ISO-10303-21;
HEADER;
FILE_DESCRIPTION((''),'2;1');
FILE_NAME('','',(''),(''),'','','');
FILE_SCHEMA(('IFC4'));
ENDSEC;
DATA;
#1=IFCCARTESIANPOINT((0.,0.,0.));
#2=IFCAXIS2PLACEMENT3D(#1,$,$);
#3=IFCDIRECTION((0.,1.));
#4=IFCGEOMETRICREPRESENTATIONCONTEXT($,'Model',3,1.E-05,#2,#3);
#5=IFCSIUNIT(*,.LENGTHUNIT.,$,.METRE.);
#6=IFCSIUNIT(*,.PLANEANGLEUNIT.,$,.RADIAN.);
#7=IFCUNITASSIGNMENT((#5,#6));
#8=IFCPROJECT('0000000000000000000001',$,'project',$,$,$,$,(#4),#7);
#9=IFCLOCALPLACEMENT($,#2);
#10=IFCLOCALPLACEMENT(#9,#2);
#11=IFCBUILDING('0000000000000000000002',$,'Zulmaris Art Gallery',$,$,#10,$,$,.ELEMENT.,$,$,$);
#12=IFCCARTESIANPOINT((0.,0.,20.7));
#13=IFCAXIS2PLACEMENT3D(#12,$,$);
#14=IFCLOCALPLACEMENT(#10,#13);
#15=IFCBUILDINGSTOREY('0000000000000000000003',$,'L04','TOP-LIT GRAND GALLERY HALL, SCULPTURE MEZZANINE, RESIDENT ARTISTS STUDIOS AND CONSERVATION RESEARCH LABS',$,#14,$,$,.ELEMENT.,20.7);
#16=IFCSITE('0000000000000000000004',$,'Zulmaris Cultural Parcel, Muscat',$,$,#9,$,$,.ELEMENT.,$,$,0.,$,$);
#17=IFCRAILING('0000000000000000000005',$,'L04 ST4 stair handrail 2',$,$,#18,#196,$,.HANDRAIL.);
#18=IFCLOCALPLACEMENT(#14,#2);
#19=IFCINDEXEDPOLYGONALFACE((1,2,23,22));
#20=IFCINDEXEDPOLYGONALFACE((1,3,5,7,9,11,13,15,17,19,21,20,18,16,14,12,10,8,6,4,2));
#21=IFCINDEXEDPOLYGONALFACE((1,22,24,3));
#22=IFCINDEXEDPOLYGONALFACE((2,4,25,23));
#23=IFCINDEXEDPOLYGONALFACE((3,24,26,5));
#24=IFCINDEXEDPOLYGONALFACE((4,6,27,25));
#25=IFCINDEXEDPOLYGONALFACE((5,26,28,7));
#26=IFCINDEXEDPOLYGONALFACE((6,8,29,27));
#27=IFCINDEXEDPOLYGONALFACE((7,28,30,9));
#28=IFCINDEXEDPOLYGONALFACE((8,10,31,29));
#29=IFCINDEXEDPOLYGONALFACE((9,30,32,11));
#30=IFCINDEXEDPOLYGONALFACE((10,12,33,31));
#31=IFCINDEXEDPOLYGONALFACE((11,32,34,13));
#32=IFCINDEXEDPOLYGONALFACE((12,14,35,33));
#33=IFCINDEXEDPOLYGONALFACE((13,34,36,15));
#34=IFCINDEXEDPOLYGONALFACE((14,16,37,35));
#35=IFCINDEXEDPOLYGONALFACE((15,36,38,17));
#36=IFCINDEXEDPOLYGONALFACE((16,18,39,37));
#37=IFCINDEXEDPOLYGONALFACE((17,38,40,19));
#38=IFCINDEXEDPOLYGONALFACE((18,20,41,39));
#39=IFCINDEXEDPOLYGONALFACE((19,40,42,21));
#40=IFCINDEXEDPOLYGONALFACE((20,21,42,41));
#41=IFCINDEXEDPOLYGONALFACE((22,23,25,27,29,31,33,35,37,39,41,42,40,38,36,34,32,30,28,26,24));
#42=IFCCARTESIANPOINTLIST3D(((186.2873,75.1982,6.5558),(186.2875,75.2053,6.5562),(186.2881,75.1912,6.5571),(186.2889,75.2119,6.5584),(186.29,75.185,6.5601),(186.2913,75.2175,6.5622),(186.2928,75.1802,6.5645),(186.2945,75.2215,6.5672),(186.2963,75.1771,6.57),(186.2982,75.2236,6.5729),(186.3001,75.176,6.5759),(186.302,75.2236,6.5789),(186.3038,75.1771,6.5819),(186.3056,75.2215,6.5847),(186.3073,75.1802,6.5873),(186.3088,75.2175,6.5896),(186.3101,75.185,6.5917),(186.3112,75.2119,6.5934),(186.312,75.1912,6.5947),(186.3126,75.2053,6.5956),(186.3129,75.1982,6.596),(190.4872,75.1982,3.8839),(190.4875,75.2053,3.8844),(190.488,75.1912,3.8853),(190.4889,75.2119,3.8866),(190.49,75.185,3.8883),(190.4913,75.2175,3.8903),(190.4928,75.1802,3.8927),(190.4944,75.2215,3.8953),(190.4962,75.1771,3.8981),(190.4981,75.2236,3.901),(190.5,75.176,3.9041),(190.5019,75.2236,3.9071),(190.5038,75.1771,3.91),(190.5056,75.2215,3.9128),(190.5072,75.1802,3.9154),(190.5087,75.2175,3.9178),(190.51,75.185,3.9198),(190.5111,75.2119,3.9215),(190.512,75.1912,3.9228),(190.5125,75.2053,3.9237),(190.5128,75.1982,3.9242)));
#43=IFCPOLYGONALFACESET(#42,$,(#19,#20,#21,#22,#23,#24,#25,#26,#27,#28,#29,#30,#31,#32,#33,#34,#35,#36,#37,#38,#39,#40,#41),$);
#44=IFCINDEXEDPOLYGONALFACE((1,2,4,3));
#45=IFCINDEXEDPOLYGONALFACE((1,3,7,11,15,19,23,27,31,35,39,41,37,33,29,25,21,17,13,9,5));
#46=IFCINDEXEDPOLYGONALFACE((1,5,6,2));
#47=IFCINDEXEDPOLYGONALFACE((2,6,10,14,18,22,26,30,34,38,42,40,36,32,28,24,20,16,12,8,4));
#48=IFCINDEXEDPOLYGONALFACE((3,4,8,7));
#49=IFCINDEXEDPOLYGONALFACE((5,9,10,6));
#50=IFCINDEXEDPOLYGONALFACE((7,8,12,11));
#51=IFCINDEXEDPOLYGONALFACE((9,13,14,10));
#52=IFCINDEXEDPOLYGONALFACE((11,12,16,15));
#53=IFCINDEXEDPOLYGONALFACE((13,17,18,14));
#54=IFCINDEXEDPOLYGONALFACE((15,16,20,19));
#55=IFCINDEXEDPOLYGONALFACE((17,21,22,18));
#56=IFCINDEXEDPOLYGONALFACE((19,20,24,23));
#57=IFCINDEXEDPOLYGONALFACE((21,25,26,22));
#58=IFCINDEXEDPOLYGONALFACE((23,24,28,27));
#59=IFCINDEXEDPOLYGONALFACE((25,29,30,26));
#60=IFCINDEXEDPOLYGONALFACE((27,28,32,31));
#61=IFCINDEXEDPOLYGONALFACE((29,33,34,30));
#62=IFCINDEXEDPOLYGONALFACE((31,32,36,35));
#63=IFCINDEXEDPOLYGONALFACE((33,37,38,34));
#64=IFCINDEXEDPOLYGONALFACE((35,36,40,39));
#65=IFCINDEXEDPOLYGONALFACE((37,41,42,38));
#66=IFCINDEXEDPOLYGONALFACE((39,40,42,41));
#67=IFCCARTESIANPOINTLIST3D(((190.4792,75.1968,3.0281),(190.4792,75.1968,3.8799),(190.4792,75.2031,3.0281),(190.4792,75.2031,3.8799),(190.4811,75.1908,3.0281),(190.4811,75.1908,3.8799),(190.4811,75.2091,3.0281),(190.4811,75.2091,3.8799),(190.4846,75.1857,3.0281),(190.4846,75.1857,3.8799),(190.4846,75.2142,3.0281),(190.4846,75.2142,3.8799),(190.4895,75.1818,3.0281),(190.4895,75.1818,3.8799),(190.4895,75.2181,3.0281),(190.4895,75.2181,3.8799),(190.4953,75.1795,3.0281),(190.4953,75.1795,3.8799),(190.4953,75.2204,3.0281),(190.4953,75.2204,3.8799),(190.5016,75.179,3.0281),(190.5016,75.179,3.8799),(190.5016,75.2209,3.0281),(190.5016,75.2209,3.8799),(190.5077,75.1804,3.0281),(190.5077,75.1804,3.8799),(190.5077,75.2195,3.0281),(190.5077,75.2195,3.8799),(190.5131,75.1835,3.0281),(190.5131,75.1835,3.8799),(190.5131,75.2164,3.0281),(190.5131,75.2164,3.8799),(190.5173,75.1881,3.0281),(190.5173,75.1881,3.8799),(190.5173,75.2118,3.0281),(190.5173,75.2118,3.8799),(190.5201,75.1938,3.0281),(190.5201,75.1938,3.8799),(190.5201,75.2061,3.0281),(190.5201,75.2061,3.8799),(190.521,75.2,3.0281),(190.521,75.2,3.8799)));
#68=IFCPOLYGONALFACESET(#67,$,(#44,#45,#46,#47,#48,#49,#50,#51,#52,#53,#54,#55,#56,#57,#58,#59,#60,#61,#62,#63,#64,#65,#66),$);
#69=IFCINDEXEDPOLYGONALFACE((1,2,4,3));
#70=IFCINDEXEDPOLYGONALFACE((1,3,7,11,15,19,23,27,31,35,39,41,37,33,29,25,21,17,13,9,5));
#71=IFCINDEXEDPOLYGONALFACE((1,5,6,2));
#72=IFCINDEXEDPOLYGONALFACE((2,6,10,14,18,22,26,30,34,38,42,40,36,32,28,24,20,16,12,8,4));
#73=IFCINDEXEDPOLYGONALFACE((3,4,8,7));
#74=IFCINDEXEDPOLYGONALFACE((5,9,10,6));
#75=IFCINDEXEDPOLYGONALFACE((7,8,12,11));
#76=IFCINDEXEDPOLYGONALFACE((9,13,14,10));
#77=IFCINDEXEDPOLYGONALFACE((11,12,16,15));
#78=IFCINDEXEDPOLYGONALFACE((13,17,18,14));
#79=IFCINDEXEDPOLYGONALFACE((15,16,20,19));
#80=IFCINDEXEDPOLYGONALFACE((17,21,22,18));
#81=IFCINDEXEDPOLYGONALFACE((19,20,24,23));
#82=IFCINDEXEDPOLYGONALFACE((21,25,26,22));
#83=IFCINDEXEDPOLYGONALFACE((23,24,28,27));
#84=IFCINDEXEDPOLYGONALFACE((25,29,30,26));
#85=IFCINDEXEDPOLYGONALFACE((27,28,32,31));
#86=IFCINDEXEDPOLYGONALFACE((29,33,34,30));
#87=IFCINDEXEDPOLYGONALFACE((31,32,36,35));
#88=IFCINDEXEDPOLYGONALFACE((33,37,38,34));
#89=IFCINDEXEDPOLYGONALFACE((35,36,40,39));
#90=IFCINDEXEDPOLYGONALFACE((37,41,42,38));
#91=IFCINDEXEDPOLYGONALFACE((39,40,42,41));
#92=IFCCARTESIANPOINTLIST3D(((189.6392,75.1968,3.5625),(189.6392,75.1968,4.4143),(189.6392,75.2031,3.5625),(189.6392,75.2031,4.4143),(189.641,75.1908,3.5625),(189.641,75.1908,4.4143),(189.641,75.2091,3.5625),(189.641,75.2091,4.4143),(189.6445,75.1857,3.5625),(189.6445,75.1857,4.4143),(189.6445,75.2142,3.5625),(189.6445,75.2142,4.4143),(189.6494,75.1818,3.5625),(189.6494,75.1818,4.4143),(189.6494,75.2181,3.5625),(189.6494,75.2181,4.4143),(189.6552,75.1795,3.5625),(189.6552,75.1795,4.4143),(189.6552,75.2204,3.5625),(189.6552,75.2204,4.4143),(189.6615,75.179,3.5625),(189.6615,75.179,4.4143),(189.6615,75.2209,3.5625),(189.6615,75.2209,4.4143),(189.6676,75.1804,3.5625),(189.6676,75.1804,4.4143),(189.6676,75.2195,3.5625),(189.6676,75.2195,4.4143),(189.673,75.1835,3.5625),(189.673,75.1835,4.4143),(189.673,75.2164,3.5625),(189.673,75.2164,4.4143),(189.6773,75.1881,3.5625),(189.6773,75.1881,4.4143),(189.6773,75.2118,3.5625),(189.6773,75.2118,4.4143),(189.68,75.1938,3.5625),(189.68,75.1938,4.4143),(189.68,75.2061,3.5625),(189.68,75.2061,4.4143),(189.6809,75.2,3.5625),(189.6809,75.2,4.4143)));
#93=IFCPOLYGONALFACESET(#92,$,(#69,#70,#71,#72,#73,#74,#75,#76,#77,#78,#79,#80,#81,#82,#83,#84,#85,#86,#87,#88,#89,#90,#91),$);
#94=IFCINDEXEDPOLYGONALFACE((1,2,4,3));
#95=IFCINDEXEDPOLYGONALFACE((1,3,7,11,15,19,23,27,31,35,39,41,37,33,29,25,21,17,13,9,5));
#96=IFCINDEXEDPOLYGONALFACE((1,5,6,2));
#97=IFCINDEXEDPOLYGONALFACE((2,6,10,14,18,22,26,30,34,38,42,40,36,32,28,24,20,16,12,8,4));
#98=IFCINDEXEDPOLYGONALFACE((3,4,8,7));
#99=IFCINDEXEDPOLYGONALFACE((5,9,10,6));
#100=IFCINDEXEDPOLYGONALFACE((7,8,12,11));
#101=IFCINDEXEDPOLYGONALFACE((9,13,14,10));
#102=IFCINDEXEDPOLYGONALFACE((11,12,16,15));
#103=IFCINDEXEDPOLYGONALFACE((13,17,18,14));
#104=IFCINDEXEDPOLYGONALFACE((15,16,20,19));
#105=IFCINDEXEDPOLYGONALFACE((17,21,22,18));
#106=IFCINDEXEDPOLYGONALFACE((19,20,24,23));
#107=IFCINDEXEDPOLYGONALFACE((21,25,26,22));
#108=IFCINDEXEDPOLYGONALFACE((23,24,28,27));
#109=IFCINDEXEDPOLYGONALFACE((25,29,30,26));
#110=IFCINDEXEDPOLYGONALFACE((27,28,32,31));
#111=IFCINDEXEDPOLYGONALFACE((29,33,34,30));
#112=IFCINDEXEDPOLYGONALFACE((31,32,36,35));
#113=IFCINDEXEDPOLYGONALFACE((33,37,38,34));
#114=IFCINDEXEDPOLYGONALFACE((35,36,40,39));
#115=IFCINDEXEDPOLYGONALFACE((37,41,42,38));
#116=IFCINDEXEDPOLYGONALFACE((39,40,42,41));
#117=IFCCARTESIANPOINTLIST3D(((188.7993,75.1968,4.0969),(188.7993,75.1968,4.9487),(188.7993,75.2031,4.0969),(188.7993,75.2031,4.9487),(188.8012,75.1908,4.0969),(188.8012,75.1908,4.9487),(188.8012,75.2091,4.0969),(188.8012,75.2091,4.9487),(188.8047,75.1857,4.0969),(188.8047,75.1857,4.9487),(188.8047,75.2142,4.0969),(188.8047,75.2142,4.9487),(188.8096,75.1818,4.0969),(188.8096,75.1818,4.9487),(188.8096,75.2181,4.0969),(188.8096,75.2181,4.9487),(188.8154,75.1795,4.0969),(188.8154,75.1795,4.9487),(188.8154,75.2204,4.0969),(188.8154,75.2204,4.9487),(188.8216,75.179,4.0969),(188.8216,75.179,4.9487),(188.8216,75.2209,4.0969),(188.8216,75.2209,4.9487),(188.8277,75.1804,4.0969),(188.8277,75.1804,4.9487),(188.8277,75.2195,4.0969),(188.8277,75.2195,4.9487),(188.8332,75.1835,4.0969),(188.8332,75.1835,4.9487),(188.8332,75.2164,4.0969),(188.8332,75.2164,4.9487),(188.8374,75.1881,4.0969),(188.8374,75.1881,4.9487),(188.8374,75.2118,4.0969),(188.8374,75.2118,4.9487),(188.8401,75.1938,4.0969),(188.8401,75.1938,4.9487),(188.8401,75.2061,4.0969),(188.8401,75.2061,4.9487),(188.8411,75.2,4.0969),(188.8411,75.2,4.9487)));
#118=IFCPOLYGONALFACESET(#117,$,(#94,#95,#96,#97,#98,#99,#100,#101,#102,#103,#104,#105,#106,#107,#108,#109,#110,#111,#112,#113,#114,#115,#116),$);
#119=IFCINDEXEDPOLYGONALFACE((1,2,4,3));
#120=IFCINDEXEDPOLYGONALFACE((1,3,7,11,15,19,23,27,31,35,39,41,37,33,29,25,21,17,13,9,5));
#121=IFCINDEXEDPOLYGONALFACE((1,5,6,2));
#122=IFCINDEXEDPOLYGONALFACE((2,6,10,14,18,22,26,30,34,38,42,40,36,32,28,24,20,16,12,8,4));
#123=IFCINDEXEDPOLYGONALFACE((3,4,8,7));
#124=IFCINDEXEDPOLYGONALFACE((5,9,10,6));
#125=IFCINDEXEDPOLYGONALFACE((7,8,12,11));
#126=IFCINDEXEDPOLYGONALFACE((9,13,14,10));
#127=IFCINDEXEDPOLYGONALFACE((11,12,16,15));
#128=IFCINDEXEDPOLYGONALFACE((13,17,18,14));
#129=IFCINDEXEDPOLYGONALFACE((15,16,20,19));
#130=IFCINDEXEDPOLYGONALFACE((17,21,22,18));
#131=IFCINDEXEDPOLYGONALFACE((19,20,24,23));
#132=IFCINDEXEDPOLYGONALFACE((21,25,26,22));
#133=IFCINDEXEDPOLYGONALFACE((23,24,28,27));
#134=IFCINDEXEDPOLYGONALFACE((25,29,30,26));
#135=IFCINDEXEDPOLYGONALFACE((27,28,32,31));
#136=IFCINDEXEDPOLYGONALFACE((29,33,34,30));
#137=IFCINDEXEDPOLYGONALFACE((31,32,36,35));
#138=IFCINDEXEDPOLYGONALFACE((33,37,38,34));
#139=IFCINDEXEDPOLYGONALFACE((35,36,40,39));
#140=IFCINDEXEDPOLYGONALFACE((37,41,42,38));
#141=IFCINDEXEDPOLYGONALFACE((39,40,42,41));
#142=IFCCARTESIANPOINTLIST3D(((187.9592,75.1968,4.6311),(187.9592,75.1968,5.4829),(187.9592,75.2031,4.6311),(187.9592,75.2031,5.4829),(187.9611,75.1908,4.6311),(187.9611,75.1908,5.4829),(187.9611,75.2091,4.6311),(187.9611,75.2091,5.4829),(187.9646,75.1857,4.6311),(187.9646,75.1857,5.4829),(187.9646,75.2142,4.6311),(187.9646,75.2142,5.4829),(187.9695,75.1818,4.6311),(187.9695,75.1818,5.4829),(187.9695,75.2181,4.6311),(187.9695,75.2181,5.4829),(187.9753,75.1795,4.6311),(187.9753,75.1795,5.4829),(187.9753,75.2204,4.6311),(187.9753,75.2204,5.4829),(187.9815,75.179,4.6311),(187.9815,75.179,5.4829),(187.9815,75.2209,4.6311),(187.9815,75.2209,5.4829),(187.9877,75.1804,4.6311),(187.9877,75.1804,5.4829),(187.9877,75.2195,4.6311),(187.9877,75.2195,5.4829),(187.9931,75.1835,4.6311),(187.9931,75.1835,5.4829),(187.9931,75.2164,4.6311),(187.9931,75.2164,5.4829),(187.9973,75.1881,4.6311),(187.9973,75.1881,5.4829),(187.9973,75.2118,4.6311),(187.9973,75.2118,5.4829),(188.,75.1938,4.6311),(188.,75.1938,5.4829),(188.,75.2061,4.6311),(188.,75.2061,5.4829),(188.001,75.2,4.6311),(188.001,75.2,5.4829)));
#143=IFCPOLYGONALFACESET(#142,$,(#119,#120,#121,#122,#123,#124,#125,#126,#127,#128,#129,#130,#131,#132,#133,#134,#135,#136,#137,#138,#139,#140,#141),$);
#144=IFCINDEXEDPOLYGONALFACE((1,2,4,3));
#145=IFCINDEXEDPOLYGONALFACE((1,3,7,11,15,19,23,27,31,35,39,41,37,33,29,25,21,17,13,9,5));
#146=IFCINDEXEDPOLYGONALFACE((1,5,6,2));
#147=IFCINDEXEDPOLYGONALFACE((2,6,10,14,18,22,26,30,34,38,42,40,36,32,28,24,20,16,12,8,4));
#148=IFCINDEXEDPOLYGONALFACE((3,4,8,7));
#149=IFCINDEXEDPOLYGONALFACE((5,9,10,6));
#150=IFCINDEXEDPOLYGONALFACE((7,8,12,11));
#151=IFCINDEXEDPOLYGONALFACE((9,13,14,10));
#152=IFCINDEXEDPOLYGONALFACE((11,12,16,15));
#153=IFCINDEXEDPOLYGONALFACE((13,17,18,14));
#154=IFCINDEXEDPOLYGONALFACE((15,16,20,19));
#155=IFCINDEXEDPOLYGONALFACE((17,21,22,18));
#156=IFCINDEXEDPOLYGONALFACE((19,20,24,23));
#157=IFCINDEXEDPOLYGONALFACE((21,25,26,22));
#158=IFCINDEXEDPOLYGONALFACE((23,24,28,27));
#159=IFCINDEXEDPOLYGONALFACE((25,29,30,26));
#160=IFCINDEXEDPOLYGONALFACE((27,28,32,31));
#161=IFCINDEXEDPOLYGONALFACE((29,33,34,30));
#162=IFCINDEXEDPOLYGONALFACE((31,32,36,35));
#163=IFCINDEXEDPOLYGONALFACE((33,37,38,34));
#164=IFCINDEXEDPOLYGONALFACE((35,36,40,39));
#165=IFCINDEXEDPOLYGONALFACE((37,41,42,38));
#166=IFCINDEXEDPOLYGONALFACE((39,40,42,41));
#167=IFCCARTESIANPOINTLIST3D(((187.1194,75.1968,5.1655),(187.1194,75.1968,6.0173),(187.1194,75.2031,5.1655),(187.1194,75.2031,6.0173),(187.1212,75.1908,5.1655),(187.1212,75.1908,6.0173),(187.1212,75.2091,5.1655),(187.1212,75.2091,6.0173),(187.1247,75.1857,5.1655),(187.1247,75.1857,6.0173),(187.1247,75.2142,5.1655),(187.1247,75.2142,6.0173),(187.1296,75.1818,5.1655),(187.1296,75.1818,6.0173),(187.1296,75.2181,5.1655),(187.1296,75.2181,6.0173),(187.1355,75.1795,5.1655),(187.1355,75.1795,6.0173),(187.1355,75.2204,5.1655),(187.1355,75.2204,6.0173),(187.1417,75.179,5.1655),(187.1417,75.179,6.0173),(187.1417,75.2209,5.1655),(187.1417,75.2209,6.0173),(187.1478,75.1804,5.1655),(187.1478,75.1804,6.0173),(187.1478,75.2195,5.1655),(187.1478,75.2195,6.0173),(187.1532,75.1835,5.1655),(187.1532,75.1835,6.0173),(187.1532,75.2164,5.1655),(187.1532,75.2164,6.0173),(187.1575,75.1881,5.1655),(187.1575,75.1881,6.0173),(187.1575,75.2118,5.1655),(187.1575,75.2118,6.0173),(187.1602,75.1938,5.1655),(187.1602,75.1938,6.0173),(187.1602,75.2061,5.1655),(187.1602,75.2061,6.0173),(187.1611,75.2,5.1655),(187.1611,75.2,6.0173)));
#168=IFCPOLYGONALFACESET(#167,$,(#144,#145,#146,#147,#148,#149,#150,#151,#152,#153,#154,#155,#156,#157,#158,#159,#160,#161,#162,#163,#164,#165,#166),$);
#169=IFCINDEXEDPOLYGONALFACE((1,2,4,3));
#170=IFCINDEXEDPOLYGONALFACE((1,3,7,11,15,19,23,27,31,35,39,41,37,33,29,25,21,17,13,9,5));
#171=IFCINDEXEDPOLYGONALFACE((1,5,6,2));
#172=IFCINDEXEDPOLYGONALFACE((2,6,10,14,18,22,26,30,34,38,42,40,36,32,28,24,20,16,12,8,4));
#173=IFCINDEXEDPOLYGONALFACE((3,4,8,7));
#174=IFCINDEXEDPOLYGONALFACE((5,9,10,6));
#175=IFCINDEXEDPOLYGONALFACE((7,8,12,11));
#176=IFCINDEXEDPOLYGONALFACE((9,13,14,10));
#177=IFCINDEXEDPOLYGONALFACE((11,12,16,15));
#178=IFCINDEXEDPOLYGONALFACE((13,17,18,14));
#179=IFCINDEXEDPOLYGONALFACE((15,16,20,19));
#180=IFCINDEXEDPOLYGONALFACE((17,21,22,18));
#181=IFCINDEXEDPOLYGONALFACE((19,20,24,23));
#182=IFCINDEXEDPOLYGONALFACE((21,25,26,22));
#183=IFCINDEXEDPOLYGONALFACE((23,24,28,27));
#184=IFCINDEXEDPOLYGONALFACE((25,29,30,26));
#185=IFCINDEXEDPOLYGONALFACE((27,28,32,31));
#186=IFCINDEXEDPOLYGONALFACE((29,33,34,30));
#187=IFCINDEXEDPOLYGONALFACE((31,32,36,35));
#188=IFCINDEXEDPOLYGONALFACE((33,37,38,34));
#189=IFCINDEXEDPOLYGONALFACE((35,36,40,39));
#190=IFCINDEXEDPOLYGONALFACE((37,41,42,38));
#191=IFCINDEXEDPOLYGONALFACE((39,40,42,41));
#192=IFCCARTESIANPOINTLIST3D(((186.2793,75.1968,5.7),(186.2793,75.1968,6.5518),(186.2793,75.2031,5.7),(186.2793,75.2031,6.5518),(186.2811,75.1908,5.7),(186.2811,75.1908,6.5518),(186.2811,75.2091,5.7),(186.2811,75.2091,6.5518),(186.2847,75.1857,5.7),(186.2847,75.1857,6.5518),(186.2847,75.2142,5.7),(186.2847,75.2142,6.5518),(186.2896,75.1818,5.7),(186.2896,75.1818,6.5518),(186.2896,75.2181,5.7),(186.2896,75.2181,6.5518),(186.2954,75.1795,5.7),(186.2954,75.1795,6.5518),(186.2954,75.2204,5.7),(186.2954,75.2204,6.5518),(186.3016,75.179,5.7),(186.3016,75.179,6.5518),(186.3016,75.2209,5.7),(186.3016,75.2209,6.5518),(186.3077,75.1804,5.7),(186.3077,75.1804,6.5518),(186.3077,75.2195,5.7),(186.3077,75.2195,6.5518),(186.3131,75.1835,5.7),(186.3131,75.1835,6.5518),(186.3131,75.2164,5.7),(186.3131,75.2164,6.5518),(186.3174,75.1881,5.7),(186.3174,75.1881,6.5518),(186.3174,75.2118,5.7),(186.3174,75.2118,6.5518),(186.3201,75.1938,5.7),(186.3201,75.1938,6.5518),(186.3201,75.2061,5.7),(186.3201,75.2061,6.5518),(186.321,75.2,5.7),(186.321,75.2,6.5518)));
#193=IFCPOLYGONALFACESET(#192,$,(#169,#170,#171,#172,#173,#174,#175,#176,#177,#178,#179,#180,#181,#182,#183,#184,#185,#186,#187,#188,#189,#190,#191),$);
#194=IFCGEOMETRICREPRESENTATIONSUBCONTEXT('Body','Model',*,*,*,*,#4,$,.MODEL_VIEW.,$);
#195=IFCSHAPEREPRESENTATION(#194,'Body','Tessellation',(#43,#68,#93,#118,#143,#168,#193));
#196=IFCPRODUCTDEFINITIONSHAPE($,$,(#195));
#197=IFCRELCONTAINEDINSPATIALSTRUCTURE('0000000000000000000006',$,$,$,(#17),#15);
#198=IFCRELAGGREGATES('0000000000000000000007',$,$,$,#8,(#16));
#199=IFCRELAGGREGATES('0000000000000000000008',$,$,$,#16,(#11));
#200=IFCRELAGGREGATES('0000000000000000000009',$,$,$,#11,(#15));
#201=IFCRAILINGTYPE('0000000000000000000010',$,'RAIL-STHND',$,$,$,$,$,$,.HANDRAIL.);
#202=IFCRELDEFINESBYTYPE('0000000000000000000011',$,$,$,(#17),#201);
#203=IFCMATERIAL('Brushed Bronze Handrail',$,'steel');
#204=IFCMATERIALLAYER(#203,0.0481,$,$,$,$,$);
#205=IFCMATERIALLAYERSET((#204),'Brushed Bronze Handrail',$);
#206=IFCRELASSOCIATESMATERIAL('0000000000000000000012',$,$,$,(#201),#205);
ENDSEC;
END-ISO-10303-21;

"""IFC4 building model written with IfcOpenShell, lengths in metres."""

from ifc_helpers import new_model, si_unit, direction, frame, origin, origin_2d, place, context, subcontext, project, spatial, circle, extrude, material, layer, layer_set, type_object, element, save


model = new_model("IFC4")

# Units and contexts
model_context = context("Model", 3, precision=1e-05, world=origin(), true_north=direction((0.0, 1.0)))
body_context = subcontext(model_context, "Body", "Model", "MODEL_VIEW")
ifc_project = project(units=[si_unit("LENGTHUNIT", "METRE"), si_unit("PLANEANGLEUNIT", "RADIAN")], contexts=[model_context])

# Site, building, storey
site_placement = place(None, origin())
site = spatial("IfcSite", under=ifc_project, at=site_placement, Name="Zulmaris Cultural Parcel, Muscat", CompositionType="ELEMENT", RefElevation=0.0)
building_placement = place(site_placement, origin())
building = spatial("IfcBuilding", under=site, at=building_placement, Name="Zulmaris Art Gallery", CompositionType="ELEMENT")
storey_placement = place(building_placement, frame((0.0, 0.0, 20.7)))
storey = spatial("IfcBuildingStorey", under=building, at=storey_placement, Name="L04", Description="TOP-LIT GRAND GALLERY HALL, SCULPTURE MEZZANINE, RESIDENT ARTISTS STUDIOS AND CONSERVATION RESEARCH LABS", CompositionType="ELEMENT", Elevation=20.7)

# Railing
ifc_material_1 = material(Name="Brushed Bronze Handrail", Category="steel")
ifc_layer_1 = layer(ifc_material_1, 0.0481)
ifc_layer_set_1 = layer_set([ifc_layer_1], Name="Brushed Bronze Handrail")
railing_type_1 = type_object("IfcRailingType", Name="RAIL-STHND", PredefinedType="HANDRAIL", material=ifc_layer_set_1)
railing_1_placement = place(storey_placement, frame((190.5, 75.2, 3.0281)))
element("IfcRailing", 1, at=railing_1_placement, inside=storey, type_object=railing_type_1, Name="L04 ST4 stair handrail 2", PredefinedType="HANDRAIL", context=body_context, shape_type="SweptSolid", body=[
    extrude(circle(Radius=0.0239, at=origin_2d()), frame((0.0, 0.0, 0.876), z_axis=(-0.843736, 0.0, 0.536758), x_axis=(0.0, -1.0, 0.0)), (0.0, 0.0, 1.0), 4.9778),
    extrude(circle(Radius=0.021, at=origin_2d()), origin(), (0.0, 0.0, 1.0), 0.8518),
    extrude(circle(Radius=0.021, at=origin_2d()), frame((-0.8401, 0.0, 0.5344)), (0.0, 0.0, 1.0), 0.8518),
    extrude(circle(Radius=0.021, at=origin_2d()), frame((-1.6799, 0.0, 1.0688)), (0.0, 0.0, 1.0), 0.8518),
    extrude(circle(Radius=0.021, at=origin_2d()), frame((-2.52, 0.0, 1.603)), (0.0, 0.0, 1.0), 0.8518),
    extrude(circle(Radius=0.021, at=origin_2d()), frame((-3.3599, 0.0, 2.1375)), (0.0, 0.0, 1.0), 0.8518),
    extrude(circle(Radius=0.021, at=origin_2d()), frame((-4.2, 0.0, 2.6719)), (0.0, 0.0, 1.0), 0.8518),
])

save(model, "model.ifc")
